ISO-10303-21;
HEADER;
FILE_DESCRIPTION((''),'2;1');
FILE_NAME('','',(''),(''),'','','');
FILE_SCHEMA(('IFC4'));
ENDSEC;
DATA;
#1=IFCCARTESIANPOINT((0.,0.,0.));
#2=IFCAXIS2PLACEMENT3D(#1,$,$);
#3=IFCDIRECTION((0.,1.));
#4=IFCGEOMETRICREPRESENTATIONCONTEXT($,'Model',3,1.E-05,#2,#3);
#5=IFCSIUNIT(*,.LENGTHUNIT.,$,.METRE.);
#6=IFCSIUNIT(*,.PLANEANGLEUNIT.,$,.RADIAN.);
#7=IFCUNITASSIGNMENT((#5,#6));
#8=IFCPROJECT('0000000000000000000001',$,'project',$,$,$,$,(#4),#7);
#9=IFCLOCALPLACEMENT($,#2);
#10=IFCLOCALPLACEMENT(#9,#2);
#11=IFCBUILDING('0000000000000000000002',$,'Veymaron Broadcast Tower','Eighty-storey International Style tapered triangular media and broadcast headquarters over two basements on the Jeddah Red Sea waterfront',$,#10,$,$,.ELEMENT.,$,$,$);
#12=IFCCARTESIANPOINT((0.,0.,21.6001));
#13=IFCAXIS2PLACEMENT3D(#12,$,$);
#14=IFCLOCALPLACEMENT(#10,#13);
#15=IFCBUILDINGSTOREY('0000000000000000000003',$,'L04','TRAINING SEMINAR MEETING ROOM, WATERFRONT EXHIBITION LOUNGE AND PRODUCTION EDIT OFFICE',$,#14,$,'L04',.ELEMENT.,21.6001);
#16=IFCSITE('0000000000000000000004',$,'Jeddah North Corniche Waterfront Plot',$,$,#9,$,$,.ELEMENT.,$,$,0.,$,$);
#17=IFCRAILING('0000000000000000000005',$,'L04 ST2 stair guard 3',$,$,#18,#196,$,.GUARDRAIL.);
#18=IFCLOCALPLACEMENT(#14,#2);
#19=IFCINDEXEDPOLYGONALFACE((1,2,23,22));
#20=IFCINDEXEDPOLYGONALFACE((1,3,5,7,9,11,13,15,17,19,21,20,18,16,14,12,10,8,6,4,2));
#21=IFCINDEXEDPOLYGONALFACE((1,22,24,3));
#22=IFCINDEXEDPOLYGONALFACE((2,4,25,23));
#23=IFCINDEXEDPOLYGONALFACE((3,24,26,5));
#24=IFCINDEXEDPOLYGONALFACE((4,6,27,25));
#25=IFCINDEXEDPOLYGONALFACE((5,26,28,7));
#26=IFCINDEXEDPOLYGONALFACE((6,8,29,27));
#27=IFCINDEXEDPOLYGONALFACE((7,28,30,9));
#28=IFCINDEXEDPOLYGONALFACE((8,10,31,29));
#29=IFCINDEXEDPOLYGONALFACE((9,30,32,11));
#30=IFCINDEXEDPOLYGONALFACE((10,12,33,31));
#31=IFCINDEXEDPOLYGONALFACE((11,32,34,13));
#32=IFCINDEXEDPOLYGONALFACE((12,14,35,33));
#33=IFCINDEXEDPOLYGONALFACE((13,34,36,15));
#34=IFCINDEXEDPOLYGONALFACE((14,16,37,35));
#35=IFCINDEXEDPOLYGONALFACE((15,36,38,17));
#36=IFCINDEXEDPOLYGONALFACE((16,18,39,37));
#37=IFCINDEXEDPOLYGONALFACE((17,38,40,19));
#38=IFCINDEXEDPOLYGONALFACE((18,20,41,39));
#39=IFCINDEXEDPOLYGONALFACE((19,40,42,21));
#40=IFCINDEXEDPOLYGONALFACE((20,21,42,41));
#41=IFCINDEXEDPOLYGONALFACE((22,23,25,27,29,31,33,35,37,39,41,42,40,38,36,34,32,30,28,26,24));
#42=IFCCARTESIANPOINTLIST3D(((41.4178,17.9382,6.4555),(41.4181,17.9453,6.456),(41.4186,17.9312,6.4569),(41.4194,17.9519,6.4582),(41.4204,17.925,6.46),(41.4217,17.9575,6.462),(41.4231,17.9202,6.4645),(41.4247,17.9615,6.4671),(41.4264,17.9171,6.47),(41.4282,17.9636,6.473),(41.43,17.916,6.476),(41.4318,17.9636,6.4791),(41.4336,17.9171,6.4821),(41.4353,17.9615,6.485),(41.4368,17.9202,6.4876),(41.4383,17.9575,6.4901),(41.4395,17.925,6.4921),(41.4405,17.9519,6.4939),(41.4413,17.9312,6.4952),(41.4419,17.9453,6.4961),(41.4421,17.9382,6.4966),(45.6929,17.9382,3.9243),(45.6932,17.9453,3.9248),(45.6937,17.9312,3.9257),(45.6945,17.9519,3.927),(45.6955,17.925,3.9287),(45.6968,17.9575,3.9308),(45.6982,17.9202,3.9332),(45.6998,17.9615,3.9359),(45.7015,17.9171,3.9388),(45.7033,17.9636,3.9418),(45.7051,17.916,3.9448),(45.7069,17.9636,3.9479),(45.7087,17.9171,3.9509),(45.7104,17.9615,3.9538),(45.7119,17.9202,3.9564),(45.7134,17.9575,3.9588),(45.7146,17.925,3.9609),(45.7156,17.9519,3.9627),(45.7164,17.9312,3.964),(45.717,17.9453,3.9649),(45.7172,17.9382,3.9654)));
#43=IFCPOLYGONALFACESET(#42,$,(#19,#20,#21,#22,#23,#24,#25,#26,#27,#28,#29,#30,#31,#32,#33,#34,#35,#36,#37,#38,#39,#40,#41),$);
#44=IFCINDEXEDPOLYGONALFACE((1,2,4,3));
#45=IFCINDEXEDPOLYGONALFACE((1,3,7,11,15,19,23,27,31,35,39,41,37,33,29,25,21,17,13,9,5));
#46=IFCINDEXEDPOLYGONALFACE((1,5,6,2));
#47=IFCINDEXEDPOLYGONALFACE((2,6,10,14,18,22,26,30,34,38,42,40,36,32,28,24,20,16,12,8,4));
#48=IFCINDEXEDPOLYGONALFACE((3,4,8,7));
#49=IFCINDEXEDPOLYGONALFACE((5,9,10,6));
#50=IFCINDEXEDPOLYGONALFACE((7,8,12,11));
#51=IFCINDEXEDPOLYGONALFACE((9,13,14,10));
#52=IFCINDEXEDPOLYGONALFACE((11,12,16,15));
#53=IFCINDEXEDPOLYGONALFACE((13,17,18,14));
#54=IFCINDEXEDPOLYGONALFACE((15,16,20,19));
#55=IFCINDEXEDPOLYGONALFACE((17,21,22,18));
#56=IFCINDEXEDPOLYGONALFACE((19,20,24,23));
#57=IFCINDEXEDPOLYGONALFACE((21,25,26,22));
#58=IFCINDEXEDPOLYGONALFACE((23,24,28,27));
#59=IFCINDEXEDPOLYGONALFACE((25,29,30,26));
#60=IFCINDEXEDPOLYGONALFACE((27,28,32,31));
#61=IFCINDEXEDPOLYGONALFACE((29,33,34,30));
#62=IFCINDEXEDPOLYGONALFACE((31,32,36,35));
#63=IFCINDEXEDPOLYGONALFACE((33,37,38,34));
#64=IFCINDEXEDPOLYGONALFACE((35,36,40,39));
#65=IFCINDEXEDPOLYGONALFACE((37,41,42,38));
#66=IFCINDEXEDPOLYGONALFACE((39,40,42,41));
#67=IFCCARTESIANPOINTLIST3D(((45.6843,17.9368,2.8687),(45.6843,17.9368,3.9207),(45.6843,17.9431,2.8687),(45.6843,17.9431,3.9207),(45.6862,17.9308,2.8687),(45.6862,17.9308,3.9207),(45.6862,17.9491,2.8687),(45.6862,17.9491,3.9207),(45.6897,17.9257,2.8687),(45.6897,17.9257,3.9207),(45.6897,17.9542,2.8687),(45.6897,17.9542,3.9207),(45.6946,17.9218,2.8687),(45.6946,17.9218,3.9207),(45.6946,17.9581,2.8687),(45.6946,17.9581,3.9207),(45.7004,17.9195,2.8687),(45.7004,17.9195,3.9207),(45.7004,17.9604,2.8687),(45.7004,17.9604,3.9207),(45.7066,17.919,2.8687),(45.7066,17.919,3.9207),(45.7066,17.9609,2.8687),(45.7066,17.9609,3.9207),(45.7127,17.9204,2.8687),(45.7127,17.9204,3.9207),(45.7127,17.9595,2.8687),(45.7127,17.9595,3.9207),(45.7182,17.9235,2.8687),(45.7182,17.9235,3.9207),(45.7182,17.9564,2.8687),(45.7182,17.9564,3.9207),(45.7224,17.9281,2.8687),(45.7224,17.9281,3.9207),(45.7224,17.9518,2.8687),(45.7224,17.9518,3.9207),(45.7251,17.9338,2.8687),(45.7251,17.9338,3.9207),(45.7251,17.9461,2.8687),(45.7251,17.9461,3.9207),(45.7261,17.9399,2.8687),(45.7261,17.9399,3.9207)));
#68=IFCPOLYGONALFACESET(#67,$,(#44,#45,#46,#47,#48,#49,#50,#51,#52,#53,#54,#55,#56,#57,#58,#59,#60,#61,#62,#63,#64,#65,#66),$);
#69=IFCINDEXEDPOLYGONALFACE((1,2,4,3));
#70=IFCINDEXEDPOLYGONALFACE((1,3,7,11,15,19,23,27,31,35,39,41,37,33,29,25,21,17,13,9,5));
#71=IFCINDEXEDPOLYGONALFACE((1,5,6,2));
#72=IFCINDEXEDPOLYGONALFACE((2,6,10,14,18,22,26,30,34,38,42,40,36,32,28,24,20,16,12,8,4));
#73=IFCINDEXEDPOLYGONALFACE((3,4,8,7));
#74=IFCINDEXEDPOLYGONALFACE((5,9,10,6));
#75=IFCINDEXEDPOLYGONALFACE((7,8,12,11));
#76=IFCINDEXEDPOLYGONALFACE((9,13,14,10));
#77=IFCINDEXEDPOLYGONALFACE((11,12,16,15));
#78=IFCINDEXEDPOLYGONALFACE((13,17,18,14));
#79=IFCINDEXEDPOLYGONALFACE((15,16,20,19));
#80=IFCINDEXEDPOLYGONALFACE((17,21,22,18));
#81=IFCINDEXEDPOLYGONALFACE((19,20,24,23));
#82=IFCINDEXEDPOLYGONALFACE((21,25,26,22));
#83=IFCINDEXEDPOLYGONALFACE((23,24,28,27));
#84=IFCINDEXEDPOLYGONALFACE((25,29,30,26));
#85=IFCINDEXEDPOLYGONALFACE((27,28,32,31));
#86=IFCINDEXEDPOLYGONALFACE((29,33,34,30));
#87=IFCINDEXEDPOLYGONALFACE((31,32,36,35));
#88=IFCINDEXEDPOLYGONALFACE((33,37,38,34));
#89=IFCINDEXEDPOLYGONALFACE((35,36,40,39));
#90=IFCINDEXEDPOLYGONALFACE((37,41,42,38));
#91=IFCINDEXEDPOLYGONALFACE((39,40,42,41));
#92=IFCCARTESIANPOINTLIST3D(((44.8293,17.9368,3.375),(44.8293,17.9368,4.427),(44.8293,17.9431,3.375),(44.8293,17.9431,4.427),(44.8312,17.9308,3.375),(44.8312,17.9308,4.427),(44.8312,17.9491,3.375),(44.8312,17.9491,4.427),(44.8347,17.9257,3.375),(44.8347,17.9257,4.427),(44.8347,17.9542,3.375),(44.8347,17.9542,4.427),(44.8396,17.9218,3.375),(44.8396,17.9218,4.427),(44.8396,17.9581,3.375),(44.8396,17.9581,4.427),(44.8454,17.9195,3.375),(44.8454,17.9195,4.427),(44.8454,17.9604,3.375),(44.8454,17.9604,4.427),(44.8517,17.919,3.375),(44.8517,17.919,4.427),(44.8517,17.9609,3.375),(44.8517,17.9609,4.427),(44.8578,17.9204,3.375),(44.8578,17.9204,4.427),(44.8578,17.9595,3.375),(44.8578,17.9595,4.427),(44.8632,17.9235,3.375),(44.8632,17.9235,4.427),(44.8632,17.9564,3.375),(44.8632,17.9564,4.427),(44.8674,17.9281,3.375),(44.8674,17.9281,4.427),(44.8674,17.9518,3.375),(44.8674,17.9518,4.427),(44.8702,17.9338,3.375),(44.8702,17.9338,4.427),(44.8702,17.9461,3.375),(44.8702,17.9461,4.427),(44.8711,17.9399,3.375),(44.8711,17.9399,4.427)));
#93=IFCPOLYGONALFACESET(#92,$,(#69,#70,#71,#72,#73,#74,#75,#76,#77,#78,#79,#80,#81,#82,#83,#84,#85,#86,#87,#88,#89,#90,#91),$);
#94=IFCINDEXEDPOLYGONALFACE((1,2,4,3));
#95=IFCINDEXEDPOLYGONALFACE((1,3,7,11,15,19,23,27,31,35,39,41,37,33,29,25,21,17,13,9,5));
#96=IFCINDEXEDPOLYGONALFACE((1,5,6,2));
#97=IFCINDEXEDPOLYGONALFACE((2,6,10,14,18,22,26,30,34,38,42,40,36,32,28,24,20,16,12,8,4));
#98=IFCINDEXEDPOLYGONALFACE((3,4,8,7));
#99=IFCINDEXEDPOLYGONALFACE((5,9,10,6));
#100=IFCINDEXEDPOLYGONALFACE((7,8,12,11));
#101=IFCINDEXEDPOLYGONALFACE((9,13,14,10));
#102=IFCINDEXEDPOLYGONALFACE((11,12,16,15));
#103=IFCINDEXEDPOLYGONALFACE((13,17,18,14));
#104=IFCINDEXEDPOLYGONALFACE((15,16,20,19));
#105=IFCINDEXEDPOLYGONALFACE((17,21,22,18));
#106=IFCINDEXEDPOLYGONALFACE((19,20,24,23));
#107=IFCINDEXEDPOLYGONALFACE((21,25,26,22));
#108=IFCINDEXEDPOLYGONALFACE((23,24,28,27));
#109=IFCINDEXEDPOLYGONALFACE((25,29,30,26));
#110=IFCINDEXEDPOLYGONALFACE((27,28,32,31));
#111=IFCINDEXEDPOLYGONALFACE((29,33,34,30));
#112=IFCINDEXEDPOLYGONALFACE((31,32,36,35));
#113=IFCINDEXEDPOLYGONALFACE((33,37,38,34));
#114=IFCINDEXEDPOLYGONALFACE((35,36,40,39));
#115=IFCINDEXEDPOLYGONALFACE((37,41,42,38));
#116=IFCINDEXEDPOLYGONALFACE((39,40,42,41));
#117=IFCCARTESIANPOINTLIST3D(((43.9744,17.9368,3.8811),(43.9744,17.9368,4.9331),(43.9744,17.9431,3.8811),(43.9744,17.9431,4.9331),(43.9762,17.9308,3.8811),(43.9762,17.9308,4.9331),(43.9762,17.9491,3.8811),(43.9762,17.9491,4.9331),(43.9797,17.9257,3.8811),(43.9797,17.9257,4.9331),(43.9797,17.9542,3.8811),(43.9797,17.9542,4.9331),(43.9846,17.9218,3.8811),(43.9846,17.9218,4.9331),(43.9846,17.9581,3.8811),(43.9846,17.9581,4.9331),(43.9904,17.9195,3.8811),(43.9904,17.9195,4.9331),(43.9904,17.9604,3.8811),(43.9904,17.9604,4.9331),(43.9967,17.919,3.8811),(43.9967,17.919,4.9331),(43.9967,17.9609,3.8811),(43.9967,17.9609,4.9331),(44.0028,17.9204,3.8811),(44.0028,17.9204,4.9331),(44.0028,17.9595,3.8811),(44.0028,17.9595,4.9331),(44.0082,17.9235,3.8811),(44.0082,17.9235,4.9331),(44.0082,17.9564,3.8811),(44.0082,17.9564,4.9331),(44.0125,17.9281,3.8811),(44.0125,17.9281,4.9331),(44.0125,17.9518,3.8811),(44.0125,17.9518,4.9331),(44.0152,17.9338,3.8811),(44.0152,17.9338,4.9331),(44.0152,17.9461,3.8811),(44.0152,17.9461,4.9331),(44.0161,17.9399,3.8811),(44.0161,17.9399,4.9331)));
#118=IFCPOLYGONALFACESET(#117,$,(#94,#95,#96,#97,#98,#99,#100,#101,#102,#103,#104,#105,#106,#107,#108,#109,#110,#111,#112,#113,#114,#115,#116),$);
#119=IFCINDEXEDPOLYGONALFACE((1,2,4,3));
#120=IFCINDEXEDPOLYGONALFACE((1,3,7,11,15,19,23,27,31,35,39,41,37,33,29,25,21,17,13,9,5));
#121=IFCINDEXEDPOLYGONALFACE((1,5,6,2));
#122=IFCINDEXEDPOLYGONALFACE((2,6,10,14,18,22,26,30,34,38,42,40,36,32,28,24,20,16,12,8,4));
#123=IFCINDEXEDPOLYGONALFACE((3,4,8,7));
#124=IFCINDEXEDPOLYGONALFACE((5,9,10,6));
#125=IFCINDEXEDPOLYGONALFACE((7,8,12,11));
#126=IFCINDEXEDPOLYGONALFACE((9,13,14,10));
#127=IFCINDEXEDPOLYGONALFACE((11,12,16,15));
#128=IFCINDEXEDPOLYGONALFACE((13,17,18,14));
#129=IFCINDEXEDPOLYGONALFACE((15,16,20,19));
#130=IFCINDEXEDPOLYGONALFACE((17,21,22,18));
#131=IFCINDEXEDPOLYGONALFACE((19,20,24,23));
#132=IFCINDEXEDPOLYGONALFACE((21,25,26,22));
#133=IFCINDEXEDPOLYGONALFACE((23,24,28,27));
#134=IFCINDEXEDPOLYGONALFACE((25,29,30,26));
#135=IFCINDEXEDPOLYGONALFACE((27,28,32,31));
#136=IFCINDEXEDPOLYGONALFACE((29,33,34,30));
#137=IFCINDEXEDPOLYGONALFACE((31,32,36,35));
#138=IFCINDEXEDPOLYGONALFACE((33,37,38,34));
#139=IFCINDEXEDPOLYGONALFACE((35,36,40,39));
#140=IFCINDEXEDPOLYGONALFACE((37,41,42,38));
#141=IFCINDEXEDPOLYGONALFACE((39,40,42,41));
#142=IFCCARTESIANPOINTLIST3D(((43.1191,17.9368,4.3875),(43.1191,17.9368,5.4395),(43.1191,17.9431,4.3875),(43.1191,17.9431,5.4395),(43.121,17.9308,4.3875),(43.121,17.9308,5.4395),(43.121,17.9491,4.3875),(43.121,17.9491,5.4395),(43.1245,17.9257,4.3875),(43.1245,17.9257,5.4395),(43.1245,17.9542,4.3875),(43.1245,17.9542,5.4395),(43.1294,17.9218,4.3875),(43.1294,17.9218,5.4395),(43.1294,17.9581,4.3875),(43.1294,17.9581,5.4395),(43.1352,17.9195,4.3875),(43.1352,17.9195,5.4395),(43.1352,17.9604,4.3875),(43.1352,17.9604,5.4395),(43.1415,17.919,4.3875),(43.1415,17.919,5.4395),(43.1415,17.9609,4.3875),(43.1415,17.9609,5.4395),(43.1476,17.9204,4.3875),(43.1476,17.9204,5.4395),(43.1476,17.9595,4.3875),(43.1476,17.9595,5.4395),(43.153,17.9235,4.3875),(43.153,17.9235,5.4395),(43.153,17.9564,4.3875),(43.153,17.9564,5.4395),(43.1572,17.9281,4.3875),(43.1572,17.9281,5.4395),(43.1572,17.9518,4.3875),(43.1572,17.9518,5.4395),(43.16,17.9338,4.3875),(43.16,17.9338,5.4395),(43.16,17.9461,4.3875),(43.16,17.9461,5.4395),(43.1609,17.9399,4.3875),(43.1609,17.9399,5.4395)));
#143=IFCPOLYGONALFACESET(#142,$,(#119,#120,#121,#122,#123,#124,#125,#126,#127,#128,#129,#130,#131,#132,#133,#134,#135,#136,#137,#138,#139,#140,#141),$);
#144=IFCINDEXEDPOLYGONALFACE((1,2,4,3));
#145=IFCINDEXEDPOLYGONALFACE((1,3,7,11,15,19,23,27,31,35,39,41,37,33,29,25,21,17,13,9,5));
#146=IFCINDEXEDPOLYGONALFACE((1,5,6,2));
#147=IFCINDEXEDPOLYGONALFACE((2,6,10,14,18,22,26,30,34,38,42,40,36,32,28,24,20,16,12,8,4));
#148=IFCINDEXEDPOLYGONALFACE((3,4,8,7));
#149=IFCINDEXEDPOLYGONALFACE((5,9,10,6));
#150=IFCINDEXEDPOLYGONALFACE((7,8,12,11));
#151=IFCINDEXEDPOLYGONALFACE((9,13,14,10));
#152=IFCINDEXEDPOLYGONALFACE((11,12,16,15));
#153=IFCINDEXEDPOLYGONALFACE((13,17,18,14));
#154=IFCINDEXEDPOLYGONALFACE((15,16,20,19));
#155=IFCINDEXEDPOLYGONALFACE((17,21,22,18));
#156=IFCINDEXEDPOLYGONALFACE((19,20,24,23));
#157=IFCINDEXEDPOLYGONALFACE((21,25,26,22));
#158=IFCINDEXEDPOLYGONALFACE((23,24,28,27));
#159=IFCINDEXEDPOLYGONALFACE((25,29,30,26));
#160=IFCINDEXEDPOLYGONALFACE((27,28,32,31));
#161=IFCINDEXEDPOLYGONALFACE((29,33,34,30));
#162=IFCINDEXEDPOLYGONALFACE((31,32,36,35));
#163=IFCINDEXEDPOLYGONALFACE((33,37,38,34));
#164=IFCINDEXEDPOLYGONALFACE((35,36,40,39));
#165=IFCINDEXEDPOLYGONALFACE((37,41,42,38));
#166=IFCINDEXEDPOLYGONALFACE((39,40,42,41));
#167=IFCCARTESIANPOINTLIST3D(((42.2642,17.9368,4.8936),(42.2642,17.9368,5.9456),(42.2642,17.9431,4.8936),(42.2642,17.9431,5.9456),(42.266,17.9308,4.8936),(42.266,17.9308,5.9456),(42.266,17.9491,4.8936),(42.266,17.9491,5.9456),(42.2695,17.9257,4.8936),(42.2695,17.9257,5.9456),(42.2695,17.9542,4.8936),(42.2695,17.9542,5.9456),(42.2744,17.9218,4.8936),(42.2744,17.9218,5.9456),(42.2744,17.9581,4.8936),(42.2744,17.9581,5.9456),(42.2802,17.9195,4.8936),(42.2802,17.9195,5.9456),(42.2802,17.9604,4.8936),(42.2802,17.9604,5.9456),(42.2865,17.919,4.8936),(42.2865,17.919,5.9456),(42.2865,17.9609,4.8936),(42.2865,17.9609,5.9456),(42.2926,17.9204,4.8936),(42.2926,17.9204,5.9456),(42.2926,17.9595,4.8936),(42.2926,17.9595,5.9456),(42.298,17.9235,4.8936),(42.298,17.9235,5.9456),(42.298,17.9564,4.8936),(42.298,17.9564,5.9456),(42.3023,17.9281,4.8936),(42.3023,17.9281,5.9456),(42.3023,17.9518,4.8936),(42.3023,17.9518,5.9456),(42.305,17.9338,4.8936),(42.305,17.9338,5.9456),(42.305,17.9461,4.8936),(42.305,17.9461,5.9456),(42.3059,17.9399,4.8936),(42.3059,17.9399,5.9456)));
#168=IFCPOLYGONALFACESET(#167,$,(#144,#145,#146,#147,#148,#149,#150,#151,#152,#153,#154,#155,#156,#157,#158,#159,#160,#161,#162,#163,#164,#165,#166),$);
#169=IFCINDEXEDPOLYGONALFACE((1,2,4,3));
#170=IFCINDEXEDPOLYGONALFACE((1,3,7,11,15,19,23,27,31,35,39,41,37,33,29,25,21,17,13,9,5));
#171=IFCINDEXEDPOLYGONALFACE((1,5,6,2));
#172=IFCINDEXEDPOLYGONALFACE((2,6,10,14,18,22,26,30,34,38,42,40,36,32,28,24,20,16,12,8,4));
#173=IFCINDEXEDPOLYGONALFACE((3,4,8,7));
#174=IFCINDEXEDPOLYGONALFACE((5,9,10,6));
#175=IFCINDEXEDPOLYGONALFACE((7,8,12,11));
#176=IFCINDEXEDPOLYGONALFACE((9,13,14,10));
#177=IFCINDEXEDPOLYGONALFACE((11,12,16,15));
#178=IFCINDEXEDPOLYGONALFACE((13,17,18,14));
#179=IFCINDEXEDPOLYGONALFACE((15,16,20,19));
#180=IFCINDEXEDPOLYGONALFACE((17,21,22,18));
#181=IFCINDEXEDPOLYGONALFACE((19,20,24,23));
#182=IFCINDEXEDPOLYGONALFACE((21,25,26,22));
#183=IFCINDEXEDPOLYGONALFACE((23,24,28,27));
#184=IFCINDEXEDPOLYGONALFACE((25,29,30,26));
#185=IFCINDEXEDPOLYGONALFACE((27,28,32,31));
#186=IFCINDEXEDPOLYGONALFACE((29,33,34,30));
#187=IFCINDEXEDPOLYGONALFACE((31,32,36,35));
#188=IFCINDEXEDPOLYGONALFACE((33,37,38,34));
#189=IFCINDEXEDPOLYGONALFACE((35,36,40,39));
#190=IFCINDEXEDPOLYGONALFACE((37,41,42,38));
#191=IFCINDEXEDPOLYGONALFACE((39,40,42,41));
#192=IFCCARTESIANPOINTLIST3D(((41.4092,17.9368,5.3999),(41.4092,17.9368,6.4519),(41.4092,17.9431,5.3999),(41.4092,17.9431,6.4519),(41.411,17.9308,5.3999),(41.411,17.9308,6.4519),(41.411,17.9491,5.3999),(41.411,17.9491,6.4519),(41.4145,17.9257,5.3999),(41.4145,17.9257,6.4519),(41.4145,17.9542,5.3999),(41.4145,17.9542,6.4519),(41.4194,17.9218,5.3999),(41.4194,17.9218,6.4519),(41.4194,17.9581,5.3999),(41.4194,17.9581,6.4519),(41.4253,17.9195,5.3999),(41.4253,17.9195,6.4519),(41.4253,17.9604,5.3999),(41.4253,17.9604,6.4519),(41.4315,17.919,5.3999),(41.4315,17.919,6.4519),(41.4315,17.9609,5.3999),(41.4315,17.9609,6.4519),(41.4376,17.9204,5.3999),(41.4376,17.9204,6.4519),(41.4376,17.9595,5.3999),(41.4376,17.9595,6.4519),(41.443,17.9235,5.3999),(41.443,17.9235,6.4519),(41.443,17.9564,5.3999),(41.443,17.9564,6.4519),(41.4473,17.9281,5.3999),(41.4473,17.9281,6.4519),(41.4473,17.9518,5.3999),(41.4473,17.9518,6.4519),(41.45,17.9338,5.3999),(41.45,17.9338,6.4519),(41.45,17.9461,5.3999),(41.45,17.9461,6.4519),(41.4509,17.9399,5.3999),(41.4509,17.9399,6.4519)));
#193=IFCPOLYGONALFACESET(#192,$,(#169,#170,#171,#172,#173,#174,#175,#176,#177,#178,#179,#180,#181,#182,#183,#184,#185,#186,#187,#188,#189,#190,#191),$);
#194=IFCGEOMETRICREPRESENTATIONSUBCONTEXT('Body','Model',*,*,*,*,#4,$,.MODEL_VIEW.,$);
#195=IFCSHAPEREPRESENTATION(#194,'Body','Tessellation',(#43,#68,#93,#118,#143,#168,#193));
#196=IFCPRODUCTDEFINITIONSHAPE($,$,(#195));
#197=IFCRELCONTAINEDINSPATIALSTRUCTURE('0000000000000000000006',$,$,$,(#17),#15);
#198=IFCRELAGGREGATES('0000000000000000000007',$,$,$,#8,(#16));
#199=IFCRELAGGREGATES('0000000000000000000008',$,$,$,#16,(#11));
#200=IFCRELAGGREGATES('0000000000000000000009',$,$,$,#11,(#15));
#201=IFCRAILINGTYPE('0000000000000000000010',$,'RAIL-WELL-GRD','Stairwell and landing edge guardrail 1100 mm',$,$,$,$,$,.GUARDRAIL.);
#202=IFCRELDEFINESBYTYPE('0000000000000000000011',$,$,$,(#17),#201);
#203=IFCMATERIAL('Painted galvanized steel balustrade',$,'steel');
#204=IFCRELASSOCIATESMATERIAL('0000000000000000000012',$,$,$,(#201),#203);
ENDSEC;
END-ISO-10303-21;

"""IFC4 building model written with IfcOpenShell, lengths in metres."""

from ifc_helpers import new_model, si_unit, direction, frame, origin, origin_2d, place, context, subcontext, project, spatial, circle, extrude, material, type_object, element, save


model = new_model("IFC4")

# Units and contexts
model_context = context("Model", 3, precision=1e-05, world=origin(), true_north=direction((0.0, 1.0)))
body_context = subcontext(model_context, "Body", "Model", "MODEL_VIEW")
ifc_project = project(units=[si_unit("LENGTHUNIT", "METRE"), si_unit("PLANEANGLEUNIT", "RADIAN")], contexts=[model_context])

# Site, building, storey
site_placement = place(None, origin())
site = spatial("IfcSite", under=ifc_project, at=site_placement, Name="Jeddah North Corniche Waterfront Plot", CompositionType="ELEMENT", RefElevation=0.0)
building_placement = place(site_placement, origin())
building = spatial("IfcBuilding", under=site, at=building_placement, Name="Veymaron Broadcast Tower", Description="Eighty-storey International Style tapered triangular media and broadcast headquarters over two basements on the Jeddah Red Sea waterfront", CompositionType="ELEMENT")
storey_placement = place(building_placement, frame((0.0, 0.0, 21.6001)))
storey = spatial("IfcBuildingStorey", under=building, at=storey_placement, Name="L04", Description="TRAINING SEMINAR MEETING ROOM, WATERFRONT EXHIBITION LOUNGE AND PRODUCTION EDIT OFFICE", LongName="L04", CompositionType="ELEMENT", Elevation=21.6001)

# Railing
ifc_material_1 = material(Name="Painted galvanized steel balustrade", Category="steel")
railing_type_1 = type_object("IfcRailingType", Name="RAIL-WELL-GRD", Description="Stairwell and landing edge guardrail 1100 mm", PredefinedType="GUARDRAIL", material=ifc_material_1)
railing_1_placement = place(storey_placement, frame((45.7051, 17.9399, 2.8687)))
element("IfcRailing", 1, at=railing_1_placement, inside=storey, type_object=railing_type_1, Name="L04 ST2 stair guard 3", PredefinedType="GUARDRAIL", context=body_context, shape_type="SweptSolid", body=[
    extrude(circle(Radius=0.0239, at=origin_2d()), frame((0.0, 0.0, 1.0762), z_axis=(-0.860483, 0.0, 0.509479), x_axis=(0.0, -1.0, 0.0)), (0.0, 0.0, 1.0), 4.9683),
    extrude(circle(Radius=0.021, at=origin_2d()), origin(), (0.0, 0.0, 1.0), 1.052),
    extrude(circle(Radius=0.021, at=origin_2d()), frame((-0.855, 0.0, 0.5063)), (0.0, 0.0, 1.0), 1.052),
    extrude(circle(Radius=0.021, at=origin_2d()), frame((-1.71, 0.0, 1.0125)), (0.0, 0.0, 1.0), 1.052),
    extrude(circle(Radius=0.021, at=origin_2d()), frame((-2.5652, 0.0, 1.5188)), (0.0, 0.0, 1.0), 1.052),
    extrude(circle(Radius=0.021, at=origin_2d()), frame((-3.4202, 0.0, 2.0249)), (0.0, 0.0, 1.0), 1.052),
    extrude(circle(Radius=0.021, at=origin_2d()), frame((-4.2751, 0.0, 2.5312)), (0.0, 0.0, 1.0), 1.052),
])

save(model, "model.ifc")
